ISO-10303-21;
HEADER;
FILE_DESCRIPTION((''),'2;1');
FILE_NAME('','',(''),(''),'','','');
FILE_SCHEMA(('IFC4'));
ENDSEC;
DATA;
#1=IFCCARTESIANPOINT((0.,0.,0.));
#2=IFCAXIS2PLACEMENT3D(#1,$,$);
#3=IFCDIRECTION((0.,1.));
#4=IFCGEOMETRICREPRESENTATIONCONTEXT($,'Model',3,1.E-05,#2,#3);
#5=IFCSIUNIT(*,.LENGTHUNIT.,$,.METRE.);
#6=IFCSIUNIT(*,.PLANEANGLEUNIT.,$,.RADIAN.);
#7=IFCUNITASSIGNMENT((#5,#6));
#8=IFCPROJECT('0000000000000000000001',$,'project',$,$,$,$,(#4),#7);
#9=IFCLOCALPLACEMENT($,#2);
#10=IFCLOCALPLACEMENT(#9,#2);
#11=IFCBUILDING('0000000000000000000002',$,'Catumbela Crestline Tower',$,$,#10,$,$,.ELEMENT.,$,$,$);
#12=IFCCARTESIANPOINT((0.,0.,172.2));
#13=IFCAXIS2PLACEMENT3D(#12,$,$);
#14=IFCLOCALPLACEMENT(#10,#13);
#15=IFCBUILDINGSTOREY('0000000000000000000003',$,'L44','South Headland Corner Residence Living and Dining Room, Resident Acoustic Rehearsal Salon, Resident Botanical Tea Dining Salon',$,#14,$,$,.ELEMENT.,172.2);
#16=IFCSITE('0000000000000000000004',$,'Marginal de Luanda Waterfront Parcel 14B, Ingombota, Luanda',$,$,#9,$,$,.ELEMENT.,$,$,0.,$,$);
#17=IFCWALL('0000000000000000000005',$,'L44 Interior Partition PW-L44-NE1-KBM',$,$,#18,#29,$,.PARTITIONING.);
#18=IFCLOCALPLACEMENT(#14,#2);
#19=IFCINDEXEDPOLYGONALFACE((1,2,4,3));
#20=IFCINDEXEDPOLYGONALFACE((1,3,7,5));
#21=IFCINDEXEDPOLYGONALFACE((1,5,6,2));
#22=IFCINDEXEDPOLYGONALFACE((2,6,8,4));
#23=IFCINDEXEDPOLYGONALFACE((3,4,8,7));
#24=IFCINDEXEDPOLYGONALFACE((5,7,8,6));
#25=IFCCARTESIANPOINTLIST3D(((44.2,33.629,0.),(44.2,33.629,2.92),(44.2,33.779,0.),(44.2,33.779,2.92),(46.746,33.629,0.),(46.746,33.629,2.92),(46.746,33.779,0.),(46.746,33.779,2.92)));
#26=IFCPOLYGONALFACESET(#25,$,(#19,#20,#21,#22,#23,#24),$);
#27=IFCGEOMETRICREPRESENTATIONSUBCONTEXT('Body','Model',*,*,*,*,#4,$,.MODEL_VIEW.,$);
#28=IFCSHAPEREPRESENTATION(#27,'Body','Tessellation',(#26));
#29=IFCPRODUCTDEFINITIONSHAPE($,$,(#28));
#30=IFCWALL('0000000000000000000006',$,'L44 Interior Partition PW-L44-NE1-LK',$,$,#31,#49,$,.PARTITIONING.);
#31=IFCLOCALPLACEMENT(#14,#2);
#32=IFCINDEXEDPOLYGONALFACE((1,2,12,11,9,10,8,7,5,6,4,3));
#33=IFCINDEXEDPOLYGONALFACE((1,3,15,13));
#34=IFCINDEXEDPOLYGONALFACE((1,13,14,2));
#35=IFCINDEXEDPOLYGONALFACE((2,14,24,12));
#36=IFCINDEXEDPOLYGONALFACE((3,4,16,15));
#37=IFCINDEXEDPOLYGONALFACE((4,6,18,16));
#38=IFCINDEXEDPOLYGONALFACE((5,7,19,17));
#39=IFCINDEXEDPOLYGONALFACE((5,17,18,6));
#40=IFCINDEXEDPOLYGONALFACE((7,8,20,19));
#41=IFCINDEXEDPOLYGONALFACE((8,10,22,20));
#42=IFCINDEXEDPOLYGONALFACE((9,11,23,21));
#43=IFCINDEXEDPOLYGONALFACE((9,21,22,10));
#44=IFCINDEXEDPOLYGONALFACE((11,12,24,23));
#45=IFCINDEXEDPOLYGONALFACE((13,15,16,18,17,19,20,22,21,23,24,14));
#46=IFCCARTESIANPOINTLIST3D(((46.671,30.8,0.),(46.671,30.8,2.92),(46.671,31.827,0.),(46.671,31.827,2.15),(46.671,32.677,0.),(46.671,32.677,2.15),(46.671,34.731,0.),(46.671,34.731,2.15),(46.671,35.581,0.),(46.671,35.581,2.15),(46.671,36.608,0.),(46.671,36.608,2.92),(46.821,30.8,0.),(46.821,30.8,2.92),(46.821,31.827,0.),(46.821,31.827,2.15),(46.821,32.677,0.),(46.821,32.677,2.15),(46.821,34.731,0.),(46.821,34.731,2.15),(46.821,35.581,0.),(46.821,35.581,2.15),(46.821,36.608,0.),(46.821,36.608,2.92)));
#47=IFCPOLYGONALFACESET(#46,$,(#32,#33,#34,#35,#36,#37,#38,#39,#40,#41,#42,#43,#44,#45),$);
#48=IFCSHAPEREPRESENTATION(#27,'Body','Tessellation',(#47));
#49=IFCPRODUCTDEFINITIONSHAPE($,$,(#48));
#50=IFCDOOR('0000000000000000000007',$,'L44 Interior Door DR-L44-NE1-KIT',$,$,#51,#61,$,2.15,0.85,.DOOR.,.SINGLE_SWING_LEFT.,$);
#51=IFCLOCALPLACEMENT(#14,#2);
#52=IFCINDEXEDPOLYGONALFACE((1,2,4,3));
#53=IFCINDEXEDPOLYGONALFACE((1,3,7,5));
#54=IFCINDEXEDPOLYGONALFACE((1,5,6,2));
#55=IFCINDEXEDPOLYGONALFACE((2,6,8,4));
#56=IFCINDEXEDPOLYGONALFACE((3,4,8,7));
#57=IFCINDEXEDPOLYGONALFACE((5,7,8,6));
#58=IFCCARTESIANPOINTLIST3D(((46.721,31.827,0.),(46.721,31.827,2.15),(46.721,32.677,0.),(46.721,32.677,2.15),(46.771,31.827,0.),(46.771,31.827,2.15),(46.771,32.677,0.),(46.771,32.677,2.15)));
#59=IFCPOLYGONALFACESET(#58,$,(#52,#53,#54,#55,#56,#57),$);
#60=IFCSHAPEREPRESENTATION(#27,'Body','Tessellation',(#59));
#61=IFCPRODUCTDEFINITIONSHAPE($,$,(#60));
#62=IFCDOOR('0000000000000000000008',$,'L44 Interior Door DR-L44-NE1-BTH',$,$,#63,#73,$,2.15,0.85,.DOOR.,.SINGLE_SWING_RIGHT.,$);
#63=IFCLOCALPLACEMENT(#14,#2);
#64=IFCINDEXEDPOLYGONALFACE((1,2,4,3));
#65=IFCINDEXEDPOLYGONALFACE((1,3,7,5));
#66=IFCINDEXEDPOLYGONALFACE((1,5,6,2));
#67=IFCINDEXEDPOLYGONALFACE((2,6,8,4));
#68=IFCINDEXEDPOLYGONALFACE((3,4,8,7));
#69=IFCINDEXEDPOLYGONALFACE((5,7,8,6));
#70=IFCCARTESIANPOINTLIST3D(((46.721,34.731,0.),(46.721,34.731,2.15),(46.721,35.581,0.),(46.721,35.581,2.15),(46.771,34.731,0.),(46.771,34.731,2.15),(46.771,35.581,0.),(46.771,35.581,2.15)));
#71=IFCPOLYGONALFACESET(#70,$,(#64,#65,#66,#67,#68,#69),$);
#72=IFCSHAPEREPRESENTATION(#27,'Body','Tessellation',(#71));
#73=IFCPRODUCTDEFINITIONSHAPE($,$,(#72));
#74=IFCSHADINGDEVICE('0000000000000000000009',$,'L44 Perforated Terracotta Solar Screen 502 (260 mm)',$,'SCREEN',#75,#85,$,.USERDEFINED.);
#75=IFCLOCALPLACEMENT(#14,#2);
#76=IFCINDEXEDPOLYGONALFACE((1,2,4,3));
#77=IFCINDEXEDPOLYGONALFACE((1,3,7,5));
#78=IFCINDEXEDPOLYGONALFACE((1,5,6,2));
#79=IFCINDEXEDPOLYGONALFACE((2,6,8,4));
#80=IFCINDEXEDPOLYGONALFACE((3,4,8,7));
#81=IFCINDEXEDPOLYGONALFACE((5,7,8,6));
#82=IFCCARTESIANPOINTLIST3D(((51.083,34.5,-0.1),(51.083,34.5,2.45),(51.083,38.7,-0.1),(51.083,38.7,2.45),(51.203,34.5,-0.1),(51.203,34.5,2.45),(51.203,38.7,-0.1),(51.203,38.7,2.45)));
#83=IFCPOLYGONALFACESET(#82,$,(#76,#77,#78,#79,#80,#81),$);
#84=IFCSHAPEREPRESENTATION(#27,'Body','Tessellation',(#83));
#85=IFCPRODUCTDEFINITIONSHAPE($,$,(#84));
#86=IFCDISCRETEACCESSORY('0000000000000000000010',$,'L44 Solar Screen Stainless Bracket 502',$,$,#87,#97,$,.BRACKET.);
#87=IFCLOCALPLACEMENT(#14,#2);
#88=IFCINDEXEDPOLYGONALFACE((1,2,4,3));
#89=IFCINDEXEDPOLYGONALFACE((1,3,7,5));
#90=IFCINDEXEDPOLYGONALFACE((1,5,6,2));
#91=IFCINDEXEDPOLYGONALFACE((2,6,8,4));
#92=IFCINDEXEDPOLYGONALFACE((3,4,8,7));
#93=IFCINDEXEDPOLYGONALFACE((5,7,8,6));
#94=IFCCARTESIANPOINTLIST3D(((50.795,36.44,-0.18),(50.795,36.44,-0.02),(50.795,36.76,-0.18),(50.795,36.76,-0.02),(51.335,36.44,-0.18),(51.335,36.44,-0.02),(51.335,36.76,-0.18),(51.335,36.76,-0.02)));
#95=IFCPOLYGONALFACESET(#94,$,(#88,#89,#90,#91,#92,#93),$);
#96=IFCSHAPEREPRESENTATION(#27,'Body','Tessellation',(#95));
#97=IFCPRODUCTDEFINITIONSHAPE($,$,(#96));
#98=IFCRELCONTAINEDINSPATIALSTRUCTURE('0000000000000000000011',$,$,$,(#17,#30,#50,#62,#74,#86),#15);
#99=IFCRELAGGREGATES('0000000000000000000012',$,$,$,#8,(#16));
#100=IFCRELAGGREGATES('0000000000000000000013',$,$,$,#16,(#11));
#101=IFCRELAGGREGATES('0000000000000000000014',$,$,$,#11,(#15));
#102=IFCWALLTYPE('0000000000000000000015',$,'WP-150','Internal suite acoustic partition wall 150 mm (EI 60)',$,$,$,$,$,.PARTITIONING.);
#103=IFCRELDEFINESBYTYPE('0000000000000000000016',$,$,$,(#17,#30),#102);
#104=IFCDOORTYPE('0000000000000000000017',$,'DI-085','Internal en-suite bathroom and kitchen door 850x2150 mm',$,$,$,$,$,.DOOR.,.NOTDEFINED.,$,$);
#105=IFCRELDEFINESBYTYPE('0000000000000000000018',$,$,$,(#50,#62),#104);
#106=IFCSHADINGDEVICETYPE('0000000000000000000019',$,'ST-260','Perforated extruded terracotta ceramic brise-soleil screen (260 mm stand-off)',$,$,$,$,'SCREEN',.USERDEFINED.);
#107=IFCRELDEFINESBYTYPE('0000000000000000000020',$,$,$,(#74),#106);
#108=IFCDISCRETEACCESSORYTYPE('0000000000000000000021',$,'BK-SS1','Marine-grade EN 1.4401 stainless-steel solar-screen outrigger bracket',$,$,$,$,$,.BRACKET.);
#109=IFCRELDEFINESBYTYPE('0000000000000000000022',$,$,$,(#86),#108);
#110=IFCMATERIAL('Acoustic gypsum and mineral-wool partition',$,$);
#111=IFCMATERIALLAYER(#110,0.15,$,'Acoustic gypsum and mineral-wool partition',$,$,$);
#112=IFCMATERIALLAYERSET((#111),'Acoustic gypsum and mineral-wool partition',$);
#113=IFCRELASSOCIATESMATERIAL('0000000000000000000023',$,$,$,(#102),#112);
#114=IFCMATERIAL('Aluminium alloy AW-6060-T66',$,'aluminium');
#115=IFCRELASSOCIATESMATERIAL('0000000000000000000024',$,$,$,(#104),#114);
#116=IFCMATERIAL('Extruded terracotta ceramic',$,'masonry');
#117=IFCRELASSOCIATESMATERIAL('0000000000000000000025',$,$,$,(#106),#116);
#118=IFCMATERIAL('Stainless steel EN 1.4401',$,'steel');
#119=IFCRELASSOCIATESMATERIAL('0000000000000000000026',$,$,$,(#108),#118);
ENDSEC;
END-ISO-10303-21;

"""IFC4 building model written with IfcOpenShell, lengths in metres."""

from ifc_helpers import new_model, si_unit, direction, frame, frame_2d, origin, origin_2d, place, context, subcontext, project, spatial, rectangle, extrude, material, layer, layer_set, type_object, element, fill, save


model = new_model("IFC4")

# Units and contexts
model_context = context("Model", 3, precision=1e-05, world=origin(), true_north=direction((0.0, 1.0)))
body_context = subcontext(model_context, "Body", "Model", "MODEL_VIEW")
ifc_project = project(units=[si_unit("LENGTHUNIT", "METRE"), si_unit("PLANEANGLEUNIT", "RADIAN")], contexts=[model_context])

# Site, building, storey
site_placement = place(None, origin())
site = spatial("IfcSite", under=ifc_project, at=site_placement, Name="Marginal de Luanda Waterfront Parcel 14B, Ingombota, Luanda", CompositionType="ELEMENT", RefElevation=0.0)
building_placement = place(site_placement, origin())
building = spatial("IfcBuilding", under=site, at=building_placement, Name="Catumbela Crestline Tower", CompositionType="ELEMENT")
storey_placement = place(building_placement, frame((0.0, 0.0, 172.2)))
storey = spatial("IfcBuildingStorey", under=building, at=storey_placement, Name="L44", Description="South Headland Corner Residence Living and Dining Room, Resident Acoustic Rehearsal Salon, Resident Botanical Tea Dining Salon", CompositionType="ELEMENT", Elevation=172.2)

# Shared definitions
ifc_material_1 = material(Name="Aluminium alloy AW-6060-T66", Category="aluminium")

# Shared definitions
ifc_material_2 = material(Name="Acoustic gypsum and mineral-wool partition")

# Wall
ifc_layer_1 = layer(ifc_material_2, 0.15, Name="Acoustic gypsum and mineral-wool partition")
ifc_layer_set_1 = layer_set([ifc_layer_1], Name="Acoustic gypsum and mineral-wool partition")
wall_type_1 = type_object("IfcWallType", Name="WP-150", Description="Internal suite acoustic partition wall 150 mm (EI 60)", PredefinedType="PARTITIONING", material=ifc_layer_set_1)
for number, where, z_axis, x_axis, name in (
    (1, (44.2, 33.704, 0.0), (0.0, 0.0, 1.0), (1.0, 0.0, 0.0), "L44 Interior Partition PW-L44-NE1-KBM"),
):
    element("IfcWall", number, at=place(storey_placement, frame(where, z_axis=z_axis, x_axis=x_axis)), inside=storey, type_object=wall_type_1, Name=name, PredefinedType="PARTITIONING", context=body_context, shape_type="SweptSolid", body=[
        extrude(rectangle(XDim=2.546, YDim=0.15, at=frame_2d((1.273, 0.0))), origin(), (0.0, 0.0, 1.0), 2.92),
    ])

# Wall, openings, doors
wall_1_placement = place(storey_placement, frame((46.746, 30.8, 0.0), z_axis=(0.0, 0.0, 1.0), x_axis=(0.0, 1.0, 0.0)))
wall_1 = element("IfcWall", 2, at=wall_1_placement, inside=storey, type_object=wall_type_1, Name="L44 Interior Partition PW-L44-NE1-LK", PredefinedType="PARTITIONING", context=body_context, shape_type="SweptSolid", body=[
    extrude(rectangle(XDim=5.808, YDim=0.15, at=frame_2d((2.904, 0.0))), origin(), (0.0, 0.0, 1.0), 2.92),
])
opening_1_placement = place(wall_1_placement, frame((1.027, 0.0, 0.0)))
opening_1 = element("IfcOpeningElement", 3, at=opening_1_placement, cuts=wall_1, PredefinedType="OPENING", context=body_context, shape_type="SweptSolid", body=[
    extrude(rectangle(XDim=0.85, YDim=2.15, at=frame_2d((0.425, 1.075))), frame((0.0, 0.085, 0.0), z_axis=(0.0, -1.0, 0.0), x_axis=(1.0, 0.0, 0.0)), (0.0, 0.0, 1.0), 0.17),
])
opening_2_placement = place(wall_1_placement, frame((3.931, 0.0, 0.0)))
opening_2 = element("IfcOpeningElement", 4, at=opening_2_placement, cuts=wall_1, PredefinedType="OPENING", context=body_context, shape_type="SweptSolid", body=[
    extrude(rectangle(XDim=0.85, YDim=2.15, at=frame_2d((0.425, 1.075))), frame((0.0, 0.085, 0.0), z_axis=(0.0, -1.0, 0.0), x_axis=(1.0, 0.0, 0.0)), (0.0, 0.0, 1.0), 0.17),
])
door_type_1 = type_object("IfcDoorType", Name="DI-085", Description="Internal en-suite bathroom and kitchen door 850x2150 mm", OperationType="NOTDEFINED", PredefinedType="DOOR", material=ifc_material_1)
door_1_placement = place(opening_1_placement, origin())
door_1 = element("IfcDoor", 5, at=door_1_placement, inside=storey, type_object=door_type_1, Name="L44 Interior Door DR-L44-NE1-KIT", OperationType="SINGLE_SWING_LEFT", OverallHeight=2.15, OverallWidth=0.85, PredefinedType="DOOR", context=body_context, shape_type="SweptSolid", body=[
    extrude(rectangle(XDim=0.85, YDim=2.15, at=frame_2d((0.425, 1.075))), frame((0.0, 0.025, 0.0), z_axis=(0.0, -1.0, 0.0), x_axis=(1.0, 0.0, 0.0)), (0.0, 0.0, 1.0), 0.05),
])
fill(opening_1, door_1)
door_2_placement = place(opening_2_placement, origin())
door_2 = element("IfcDoor", 6, at=door_2_placement, inside=storey, type_object=door_type_1, Name="L44 Interior Door DR-L44-NE1-BTH", OperationType="SINGLE_SWING_RIGHT", OverallHeight=2.15, OverallWidth=0.85, PredefinedType="DOOR", context=body_context, shape_type="SweptSolid", body=[
    extrude(rectangle(XDim=0.85, YDim=2.15, at=frame_2d((0.425, 1.075))), frame((0.0, 0.025, 0.0), z_axis=(0.0, -1.0, 0.0), x_axis=(1.0, 0.0, 0.0)), (0.0, 0.0, 1.0), 0.05),
])
fill(opening_2, door_2)

# Shading device
ifc_material_3 = material(Name="Extruded terracotta ceramic", Category="masonry")
shading_device_type = type_object("IfcShadingDeviceType", Name="ST-260", Description="Perforated extruded terracotta ceramic brise-soleil screen (260 mm stand-off)", ElementType="SCREEN", PredefinedType="USERDEFINED", material=ifc_material_3)
shading_device_placement = place(storey_placement, frame((51.143, 36.6, -0.1), z_axis=(0.0, 0.0, 1.0), x_axis=(0.0, 1.0, 0.0)))
element("IfcShadingDevice", 7, at=shading_device_placement, inside=storey, type_object=shading_device_type, Name="L44 Perforated Terracotta Solar Screen 502 (260 mm)", ObjectType="SCREEN", PredefinedType="USERDEFINED", context=body_context, shape_type="SweptSolid", body=[
    extrude(rectangle(XDim=4.2, YDim=0.12, at=origin_2d()), origin(), (0.0, 0.0, 1.0), 2.55),
])

# Discrete accessory
ifc_material_4 = material(Name="Stainless steel EN 1.4401", Category="steel")
discrete_accessory_type = type_object("IfcDiscreteAccessoryType", Name="BK-SS1", Description="Marine-grade EN 1.4401 stainless-steel solar-screen outrigger bracket", PredefinedType="BRACKET", material=ifc_material_4)
discrete_accessory_placement = place(storey_placement, frame((51.065, 36.6, -0.18), z_axis=(0.0, 0.0, 1.0), x_axis=(0.0, 1.0, 0.0)))
element("IfcDiscreteAccessory", 8, at=discrete_accessory_placement, inside=storey, type_object=discrete_accessory_type, Name="L44 Solar Screen Stainless Bracket 502", PredefinedType="BRACKET", context=body_context, shape_type="SweptSolid", body=[
    extrude(rectangle(XDim=0.32, YDim=0.54, at=origin_2d()), origin(), (0.0, 0.0, 1.0), 0.16),
])

save(model, "model.ifc")
